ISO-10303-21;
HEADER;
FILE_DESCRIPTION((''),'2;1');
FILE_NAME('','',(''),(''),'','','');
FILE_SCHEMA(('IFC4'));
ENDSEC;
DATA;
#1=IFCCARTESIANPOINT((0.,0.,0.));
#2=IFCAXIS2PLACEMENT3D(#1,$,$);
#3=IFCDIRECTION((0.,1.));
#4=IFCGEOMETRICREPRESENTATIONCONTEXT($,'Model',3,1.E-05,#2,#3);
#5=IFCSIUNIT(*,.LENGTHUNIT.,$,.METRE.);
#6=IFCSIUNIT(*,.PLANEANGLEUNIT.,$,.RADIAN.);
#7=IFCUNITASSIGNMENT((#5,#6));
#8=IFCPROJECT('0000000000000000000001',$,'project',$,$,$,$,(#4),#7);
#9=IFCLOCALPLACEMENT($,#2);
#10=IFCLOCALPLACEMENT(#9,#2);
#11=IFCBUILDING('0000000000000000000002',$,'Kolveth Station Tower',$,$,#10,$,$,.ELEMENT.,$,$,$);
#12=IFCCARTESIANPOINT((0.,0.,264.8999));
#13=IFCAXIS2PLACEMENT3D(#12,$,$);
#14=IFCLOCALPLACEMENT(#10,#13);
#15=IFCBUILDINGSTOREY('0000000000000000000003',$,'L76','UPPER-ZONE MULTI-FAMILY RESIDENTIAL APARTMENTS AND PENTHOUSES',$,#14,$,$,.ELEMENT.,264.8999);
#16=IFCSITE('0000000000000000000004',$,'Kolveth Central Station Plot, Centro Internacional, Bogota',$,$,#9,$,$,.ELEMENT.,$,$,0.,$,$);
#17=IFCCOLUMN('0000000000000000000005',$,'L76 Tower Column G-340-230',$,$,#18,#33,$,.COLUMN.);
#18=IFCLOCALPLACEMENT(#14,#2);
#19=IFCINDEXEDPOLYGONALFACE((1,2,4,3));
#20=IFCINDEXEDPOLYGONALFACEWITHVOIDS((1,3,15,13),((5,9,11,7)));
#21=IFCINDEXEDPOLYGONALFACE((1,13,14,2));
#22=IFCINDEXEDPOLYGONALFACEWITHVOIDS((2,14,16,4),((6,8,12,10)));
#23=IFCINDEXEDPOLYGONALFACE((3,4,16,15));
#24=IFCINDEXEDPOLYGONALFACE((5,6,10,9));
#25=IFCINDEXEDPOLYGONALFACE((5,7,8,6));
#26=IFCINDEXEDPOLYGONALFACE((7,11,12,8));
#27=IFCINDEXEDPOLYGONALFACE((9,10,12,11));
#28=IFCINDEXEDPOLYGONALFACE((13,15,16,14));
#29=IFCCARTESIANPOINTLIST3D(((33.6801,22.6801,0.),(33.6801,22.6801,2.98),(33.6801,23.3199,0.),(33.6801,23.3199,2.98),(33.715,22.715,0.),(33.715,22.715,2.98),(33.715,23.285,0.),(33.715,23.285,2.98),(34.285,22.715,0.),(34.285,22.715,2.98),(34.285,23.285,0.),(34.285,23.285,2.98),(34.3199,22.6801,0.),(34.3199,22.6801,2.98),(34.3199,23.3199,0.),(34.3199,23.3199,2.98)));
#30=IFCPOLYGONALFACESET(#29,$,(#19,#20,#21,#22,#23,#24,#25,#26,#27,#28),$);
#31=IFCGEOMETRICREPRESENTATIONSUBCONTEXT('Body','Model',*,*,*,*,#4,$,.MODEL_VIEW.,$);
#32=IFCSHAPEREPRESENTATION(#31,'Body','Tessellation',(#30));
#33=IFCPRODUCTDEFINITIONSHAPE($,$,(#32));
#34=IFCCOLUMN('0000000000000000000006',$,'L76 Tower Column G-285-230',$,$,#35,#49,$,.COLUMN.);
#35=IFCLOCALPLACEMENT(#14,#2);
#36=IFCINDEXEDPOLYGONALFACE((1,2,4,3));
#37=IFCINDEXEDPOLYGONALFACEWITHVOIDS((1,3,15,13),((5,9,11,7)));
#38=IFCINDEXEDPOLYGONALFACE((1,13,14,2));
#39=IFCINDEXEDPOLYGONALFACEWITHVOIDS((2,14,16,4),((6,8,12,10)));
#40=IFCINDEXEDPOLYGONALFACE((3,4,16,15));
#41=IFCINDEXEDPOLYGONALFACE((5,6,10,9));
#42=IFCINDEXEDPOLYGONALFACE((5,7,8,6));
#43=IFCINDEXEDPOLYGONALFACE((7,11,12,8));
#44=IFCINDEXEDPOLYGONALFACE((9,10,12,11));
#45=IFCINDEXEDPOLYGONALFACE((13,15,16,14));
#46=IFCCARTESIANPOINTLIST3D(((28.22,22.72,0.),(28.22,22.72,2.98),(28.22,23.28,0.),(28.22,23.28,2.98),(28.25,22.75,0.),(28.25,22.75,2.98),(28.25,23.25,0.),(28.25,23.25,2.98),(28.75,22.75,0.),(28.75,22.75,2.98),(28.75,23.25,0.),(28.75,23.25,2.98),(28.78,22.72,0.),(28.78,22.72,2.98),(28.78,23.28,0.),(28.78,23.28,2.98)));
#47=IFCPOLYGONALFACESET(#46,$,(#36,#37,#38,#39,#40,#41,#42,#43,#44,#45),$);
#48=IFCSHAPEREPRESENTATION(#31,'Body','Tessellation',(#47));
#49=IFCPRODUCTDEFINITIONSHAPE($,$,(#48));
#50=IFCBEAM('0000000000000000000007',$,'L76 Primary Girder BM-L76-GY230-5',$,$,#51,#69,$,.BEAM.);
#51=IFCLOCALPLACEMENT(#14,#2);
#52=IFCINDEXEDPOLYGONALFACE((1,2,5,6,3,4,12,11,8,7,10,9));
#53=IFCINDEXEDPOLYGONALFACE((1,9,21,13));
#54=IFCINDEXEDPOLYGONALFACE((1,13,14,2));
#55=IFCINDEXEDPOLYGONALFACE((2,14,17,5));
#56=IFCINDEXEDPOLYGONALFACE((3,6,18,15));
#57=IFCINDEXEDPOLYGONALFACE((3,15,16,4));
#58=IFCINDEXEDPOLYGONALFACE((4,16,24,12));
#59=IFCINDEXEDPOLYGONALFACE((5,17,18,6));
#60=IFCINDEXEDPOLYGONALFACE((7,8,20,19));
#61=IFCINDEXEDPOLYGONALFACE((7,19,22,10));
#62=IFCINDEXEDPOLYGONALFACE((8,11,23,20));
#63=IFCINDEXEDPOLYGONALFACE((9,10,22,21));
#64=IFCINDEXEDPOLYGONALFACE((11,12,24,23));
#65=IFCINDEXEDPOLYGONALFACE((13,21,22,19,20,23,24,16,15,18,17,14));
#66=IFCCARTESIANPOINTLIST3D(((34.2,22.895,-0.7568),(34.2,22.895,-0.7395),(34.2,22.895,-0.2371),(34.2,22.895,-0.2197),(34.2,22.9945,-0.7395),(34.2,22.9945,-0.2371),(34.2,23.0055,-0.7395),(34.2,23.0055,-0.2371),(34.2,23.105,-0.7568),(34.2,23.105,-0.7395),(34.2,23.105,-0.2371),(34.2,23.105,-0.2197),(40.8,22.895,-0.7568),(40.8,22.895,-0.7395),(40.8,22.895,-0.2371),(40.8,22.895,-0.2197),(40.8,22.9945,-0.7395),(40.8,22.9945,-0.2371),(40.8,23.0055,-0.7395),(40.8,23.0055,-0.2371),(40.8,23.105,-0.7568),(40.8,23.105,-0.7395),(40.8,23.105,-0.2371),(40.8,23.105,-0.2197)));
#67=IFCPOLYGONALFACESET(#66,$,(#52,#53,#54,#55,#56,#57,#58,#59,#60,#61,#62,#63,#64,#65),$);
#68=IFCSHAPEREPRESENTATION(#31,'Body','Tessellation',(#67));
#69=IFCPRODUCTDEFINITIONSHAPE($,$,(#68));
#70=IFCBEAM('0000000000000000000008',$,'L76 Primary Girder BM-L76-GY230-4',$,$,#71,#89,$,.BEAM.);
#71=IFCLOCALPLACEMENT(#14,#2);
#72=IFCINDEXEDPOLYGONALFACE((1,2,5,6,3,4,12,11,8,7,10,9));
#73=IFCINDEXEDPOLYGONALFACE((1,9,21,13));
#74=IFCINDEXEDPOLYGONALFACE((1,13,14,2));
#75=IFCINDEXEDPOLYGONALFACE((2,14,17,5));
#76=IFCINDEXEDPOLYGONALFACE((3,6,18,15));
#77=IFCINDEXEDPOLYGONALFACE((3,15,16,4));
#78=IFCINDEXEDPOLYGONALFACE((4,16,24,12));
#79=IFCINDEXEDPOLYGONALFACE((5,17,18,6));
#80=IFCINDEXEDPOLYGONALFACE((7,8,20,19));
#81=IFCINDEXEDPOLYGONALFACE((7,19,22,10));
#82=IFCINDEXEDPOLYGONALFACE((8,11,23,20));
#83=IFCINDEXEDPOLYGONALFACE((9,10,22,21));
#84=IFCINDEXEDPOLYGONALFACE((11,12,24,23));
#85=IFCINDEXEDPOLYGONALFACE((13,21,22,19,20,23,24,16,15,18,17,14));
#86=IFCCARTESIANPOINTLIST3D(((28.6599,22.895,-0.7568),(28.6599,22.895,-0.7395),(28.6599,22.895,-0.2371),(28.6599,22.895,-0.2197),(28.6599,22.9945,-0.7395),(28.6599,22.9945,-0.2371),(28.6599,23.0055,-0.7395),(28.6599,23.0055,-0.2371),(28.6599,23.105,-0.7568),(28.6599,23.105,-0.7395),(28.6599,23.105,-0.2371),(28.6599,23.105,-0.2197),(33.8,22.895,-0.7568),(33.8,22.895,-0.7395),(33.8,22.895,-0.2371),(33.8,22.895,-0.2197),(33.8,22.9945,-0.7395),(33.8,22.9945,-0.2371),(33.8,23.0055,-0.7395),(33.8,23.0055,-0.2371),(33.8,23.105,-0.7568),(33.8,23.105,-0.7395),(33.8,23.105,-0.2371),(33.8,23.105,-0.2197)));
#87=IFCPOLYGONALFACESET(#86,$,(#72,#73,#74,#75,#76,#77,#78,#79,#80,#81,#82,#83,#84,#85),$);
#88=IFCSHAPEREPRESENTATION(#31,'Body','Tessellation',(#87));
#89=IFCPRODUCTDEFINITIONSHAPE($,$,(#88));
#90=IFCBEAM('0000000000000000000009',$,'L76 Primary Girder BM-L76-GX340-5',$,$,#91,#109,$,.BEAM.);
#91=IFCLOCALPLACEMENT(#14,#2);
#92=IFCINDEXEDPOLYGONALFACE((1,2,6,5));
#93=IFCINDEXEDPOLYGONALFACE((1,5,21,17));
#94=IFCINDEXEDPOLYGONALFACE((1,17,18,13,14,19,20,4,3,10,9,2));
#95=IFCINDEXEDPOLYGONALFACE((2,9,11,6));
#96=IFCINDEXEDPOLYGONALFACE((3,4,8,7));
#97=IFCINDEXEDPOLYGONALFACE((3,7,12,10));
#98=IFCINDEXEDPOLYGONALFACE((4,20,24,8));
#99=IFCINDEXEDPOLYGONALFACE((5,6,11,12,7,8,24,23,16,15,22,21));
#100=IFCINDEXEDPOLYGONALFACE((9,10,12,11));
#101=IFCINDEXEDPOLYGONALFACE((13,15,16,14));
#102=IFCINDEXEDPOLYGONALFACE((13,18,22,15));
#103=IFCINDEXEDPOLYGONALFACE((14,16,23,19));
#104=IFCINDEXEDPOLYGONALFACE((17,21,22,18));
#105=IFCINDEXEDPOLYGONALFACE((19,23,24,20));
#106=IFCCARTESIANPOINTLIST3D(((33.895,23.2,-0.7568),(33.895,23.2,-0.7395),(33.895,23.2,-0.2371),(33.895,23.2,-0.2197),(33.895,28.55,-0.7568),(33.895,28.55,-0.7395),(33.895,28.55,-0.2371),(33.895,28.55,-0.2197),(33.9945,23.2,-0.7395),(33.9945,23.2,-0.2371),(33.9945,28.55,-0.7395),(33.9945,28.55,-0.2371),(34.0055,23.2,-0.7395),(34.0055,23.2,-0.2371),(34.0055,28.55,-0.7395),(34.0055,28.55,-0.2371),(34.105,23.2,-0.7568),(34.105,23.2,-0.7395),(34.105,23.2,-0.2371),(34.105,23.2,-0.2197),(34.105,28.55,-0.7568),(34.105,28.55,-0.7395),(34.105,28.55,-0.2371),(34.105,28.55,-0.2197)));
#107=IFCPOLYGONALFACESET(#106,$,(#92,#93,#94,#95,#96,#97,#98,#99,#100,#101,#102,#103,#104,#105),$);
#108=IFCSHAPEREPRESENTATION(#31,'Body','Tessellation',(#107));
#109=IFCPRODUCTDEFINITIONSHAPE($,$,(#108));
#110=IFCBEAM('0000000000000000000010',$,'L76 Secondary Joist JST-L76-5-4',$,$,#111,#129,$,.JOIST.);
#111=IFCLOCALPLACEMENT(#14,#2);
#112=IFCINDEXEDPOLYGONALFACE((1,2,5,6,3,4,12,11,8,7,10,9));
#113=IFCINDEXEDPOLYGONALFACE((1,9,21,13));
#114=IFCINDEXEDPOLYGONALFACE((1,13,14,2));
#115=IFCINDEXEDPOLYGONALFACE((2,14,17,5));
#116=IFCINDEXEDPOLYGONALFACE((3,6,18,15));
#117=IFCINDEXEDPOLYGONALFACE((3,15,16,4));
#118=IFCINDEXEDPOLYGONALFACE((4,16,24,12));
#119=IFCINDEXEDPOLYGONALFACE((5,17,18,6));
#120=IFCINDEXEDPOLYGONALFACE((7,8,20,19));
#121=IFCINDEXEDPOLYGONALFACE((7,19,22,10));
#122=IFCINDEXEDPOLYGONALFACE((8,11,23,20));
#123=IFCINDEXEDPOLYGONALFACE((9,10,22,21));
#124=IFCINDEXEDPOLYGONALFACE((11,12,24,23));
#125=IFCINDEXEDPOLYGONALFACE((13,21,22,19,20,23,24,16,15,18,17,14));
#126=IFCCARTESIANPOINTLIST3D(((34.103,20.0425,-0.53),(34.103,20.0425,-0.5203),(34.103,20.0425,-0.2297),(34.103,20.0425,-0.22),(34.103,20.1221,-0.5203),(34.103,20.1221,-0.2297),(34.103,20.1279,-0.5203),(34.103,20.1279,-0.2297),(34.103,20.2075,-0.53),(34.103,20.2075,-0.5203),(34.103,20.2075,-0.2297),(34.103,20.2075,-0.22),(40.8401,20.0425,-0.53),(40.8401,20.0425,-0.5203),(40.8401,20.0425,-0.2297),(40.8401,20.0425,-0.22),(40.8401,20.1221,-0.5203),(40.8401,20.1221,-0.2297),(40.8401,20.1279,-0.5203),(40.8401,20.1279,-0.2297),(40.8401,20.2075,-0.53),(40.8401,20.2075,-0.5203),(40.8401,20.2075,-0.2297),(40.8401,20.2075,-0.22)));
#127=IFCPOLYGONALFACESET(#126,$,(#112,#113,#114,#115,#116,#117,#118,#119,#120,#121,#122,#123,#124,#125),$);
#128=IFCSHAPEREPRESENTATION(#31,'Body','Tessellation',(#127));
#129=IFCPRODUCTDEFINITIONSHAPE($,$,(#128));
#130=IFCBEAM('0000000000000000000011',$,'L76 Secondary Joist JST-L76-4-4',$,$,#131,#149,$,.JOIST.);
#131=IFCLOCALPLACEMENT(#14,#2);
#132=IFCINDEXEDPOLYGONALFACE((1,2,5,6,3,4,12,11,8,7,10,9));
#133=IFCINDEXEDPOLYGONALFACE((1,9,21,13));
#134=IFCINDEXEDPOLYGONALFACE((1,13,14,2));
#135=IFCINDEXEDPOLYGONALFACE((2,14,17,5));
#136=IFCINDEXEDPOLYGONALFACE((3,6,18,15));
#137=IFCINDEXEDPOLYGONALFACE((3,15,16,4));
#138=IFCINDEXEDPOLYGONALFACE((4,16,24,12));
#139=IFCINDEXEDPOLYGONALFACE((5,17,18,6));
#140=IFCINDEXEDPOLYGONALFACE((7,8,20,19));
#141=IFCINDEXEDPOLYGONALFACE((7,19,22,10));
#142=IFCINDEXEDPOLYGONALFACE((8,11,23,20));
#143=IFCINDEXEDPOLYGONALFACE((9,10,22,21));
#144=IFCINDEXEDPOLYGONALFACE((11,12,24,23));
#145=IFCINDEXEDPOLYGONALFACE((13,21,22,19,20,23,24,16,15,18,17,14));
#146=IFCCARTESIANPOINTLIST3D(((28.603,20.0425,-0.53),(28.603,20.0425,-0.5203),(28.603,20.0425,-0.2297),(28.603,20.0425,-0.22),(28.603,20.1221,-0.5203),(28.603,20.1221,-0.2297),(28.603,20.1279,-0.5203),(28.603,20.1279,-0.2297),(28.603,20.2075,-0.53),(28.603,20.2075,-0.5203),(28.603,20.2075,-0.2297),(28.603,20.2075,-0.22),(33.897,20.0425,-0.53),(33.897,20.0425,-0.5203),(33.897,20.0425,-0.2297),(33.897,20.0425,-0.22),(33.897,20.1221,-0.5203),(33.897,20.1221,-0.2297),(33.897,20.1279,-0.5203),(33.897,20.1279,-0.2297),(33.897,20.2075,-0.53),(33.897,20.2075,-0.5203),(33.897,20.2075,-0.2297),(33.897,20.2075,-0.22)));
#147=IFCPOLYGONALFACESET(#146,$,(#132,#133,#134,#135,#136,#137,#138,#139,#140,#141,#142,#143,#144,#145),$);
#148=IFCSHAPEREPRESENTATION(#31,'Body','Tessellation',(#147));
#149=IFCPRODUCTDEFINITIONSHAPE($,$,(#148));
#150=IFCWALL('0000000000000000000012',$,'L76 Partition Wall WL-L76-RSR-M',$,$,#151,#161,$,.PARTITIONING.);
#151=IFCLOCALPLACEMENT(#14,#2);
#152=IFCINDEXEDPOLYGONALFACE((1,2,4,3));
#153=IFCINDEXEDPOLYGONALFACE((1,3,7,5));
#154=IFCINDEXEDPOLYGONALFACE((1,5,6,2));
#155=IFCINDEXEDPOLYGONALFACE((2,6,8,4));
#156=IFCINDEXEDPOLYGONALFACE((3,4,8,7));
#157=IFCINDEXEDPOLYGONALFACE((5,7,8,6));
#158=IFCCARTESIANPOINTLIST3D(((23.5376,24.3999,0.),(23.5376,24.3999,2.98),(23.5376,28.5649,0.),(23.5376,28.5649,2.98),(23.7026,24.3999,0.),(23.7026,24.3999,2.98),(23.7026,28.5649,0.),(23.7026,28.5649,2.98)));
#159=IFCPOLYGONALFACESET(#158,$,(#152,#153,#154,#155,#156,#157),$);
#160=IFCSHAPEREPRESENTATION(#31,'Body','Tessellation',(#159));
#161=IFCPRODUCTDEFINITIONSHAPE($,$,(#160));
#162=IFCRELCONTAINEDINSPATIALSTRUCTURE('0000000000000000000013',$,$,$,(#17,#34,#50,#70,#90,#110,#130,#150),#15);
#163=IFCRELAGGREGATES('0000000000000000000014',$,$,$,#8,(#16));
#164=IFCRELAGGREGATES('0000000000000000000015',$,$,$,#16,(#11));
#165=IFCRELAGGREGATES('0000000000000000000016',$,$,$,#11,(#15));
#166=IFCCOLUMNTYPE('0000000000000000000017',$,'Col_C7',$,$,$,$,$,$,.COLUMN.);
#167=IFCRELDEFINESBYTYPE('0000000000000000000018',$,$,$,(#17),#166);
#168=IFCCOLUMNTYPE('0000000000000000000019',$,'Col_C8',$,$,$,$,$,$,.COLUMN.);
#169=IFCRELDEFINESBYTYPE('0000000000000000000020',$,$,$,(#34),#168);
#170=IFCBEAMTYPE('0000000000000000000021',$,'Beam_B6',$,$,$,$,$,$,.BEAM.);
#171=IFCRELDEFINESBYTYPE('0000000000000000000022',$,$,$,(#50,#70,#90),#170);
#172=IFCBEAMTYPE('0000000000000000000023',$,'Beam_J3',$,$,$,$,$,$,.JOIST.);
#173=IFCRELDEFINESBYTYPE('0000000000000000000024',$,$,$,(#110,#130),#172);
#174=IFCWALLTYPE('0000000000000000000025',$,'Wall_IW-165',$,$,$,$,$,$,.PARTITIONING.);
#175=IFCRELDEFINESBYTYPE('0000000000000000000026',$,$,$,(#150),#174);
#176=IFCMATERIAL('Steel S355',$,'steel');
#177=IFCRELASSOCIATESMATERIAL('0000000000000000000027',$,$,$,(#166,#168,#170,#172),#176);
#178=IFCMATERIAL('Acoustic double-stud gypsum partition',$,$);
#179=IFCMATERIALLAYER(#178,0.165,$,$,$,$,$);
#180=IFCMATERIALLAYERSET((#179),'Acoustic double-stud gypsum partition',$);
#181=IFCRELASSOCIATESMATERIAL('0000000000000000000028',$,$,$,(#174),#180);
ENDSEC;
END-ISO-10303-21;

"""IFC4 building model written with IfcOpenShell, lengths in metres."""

from ifc_helpers import new_model, si_unit, direction, frame, frame_2d, origin, origin_2d, place, context, subcontext, project, spatial, rectangle, hollow_rectangle, i_section, extrude, source, transform, mapped, material, layer, layer_set, material_profile, profile_set, type_object, element, save


model = new_model("IFC4")

# Units and contexts
model_context = context("Model", 3, precision=1e-05, world=origin(), true_north=direction((0.0, 1.0)))
body_context = subcontext(model_context, "Body", "Model", "MODEL_VIEW")
ifc_project = project(units=[si_unit("LENGTHUNIT", "METRE"), si_unit("PLANEANGLEUNIT", "RADIAN")], contexts=[model_context])

# Site, building, storey
site_placement = place(None, origin())
site = spatial("IfcSite", under=ifc_project, at=site_placement, Name="Kolveth Central Station Plot, Centro Internacional, Bogota", CompositionType="ELEMENT", RefElevation=0.0)
building_placement = place(site_placement, origin())
building = spatial("IfcBuilding", under=site, at=building_placement, Name="Kolveth Station Tower", CompositionType="ELEMENT")
storey_placement = place(building_placement, frame((0.0, 0.0, 264.8999)))
storey = spatial("IfcBuildingStorey", under=building, at=storey_placement, Name="L76", Description="UPPER-ZONE MULTI-FAMILY RESIDENTIAL APARTMENTS AND PENTHOUSES", CompositionType="ELEMENT", Elevation=264.8999)

# Columns
ifc_material_1 = material(Name="Steel S355", Category="steel")
ifc_material_profile_1 = material_profile(ifc_material_1, hollow_rectangle(XDim=0.6399, YDim=0.6399, WallThickness=0.0349, at=origin_2d()), Name="BOX640x640x35")
ifc_profile_set_1 = profile_set([ifc_material_profile_1], Name="Steel S355")
column_type_1 = type_object("IfcColumnType", Name="Col_C7", PredefinedType="COLUMN", material=ifc_profile_set_1)
shared_shape_1 = source(origin(), body_context, "Body", "SweptSolid", [
    extrude(hollow_rectangle(XDim=0.6399, YDim=0.6399, WallThickness=0.0349, at=origin_2d()), origin(), (0.0, 0.0, 1.0), 2.98),
])
column_1_placement = place(storey_placement, frame((34.0, 23.0, 0.0), z_axis=(0.0, 0.0, 1.0), x_axis=(1.0, 0.0, 0.0)))
element("IfcColumn", 1, at=column_1_placement, inside=storey, type_object=column_type_1, Name="L76 Tower Column G-340-230", PredefinedType="COLUMN", context=body_context, shape_type="MappedRepresentation", body=[
    mapped(shared_shape_1, transform((0.0, 0.0, 0.0), x_axis=(1.0, 0.0, 0.0), y_axis=(0.0, 1.0, 0.0), z_axis=(0.0, 0.0, 1.0), scale=1.0)),
])
ifc_material_profile_2 = material_profile(ifc_material_1, hollow_rectangle(XDim=0.5601, YDim=0.5601, WallThickness=0.03, at=origin_2d()), Name="BOX560x560x30")
ifc_profile_set_2 = profile_set([ifc_material_profile_2], Name="Steel S355")
column_type_2 = type_object("IfcColumnType", Name="Col_C8", PredefinedType="COLUMN", material=ifc_profile_set_2)
shared_shape_2 = source(origin(), body_context, "Body", "SweptSolid", [
    extrude(hollow_rectangle(XDim=0.5601, YDim=0.5601, WallThickness=0.03, at=origin_2d()), origin(), (0.0, 0.0, 1.0), 2.98),
])
column_2_placement = place(storey_placement, frame((28.5, 23.0, 0.0), z_axis=(0.0, 0.0, 1.0), x_axis=(1.0, 0.0, 0.0)))
element("IfcColumn", 2, at=column_2_placement, inside=storey, type_object=column_type_2, Name="L76 Tower Column G-285-230", PredefinedType="COLUMN", context=body_context, shape_type="MappedRepresentation", body=[
    mapped(shared_shape_2, transform((0.0, 0.0, 0.0), x_axis=(1.0, 0.0, 0.0), y_axis=(0.0, 1.0, 0.0), z_axis=(0.0, 0.0, 1.0), scale=1.0)),
])

# Beams
ifc_material_profile_3 = material_profile(ifc_material_1, i_section(OverallWidth=0.21, OverallDepth=0.5371, WebThickness=0.011, FlangeThickness=0.0173, at=origin_2d()), Name="W530x101")
ifc_profile_set_3 = profile_set([ifc_material_profile_3], Name="Steel S355")
beam_type_1 = type_object("IfcBeamType", Name="Beam_B6", PredefinedType="BEAM", material=ifc_profile_set_3)
shared_shape_3 = source(origin(), body_context, "Body", "SweptSolid", [
    extrude(i_section(OverallWidth=0.21, OverallDepth=0.5371, WebThickness=0.011, FlangeThickness=0.0173, at=origin_2d()), origin(), (0.0, 0.0, 1.0), 6.6001),
])
beam_1_placement = place(storey_placement, frame((34.2, 23.0, -0.4883), z_axis=(1.0, 0.0, 0.0), x_axis=(0.0, 1.0, 0.0)))
element("IfcBeam", 3, at=beam_1_placement, inside=storey, type_object=beam_type_1, Name="L76 Primary Girder BM-L76-GY230-5", PredefinedType="BEAM", context=body_context, shape_type="MappedRepresentation", body=[
    mapped(shared_shape_3, transform((0.0, 0.0, 0.0), x_axis=(1.0, 0.0, 0.0), y_axis=(0.0, 1.0, 0.0), z_axis=(0.0, 0.0, 1.0), scale=1.0)),
])
shared_shape_4 = source(origin(), body_context, "Body", "SweptSolid", [
    extrude(i_section(OverallWidth=0.21, OverallDepth=0.5371, WebThickness=0.011, FlangeThickness=0.0173, at=origin_2d()), origin(), (0.0, 0.0, 1.0), 5.1401),
])
beam_2_placement = place(storey_placement, frame((28.6599, 23.0, -0.4883), z_axis=(1.0, 0.0, 0.0), x_axis=(0.0, 1.0, 0.0)))
element("IfcBeam", 4, at=beam_2_placement, inside=storey, type_object=beam_type_1, Name="L76 Primary Girder BM-L76-GY230-4", PredefinedType="BEAM", context=body_context, shape_type="MappedRepresentation", body=[
    mapped(shared_shape_4, transform((0.0, 0.0, 0.0), x_axis=(1.0, 0.0, 0.0), y_axis=(0.0, 1.0, 0.0), z_axis=(0.0, 0.0, 1.0), scale=1.0)),
])
shared_shape_5 = source(origin(), body_context, "Body", "SweptSolid", [
    extrude(i_section(OverallWidth=0.21, OverallDepth=0.5371, WebThickness=0.011, FlangeThickness=0.0173, at=origin_2d()), origin(), (0.0, 0.0, 1.0), 5.3501),
])
beam_3_placement = place(storey_placement, frame((34.0, 23.2, -0.4883), z_axis=(0.0, 1.0, 0.0), x_axis=(-1.0, 0.0, 0.0)))
element("IfcBeam", 5, at=beam_3_placement, inside=storey, type_object=beam_type_1, Name="L76 Primary Girder BM-L76-GX340-5", PredefinedType="BEAM", context=body_context, shape_type="MappedRepresentation", body=[
    mapped(shared_shape_5, transform((0.0, 0.0, 0.0), x_axis=(1.0, 0.0, 0.0), y_axis=(0.0, 1.0, 0.0), z_axis=(0.0, 0.0, 1.0), scale=1.0)),
])
ifc_material_profile_4 = material_profile(ifc_material_1, i_section(OverallWidth=0.165, OverallDepth=0.3101, WebThickness=0.0059, FlangeThickness=0.0098, at=origin_2d()), Name="W310x39")
ifc_profile_set_4 = profile_set([ifc_material_profile_4], Name="Steel S355")
beam_type_2 = type_object("IfcBeamType", Name="Beam_J3", PredefinedType="JOIST", material=ifc_profile_set_4)
shared_shape_6 = source(origin(), body_context, "Body", "SweptSolid", [
    extrude(i_section(OverallWidth=0.165, OverallDepth=0.3101, WebThickness=0.0059, FlangeThickness=0.0098, at=origin_2d()), origin(), (0.0, 0.0, 1.0), 6.7371),
])
beam_4_placement = place(storey_placement, frame((34.103, 20.125, -0.375), z_axis=(1.0, 0.0, 0.0), x_axis=(0.0, 1.0, 0.0)))
element("IfcBeam", 6, at=beam_4_placement, inside=storey, type_object=beam_type_2, Name="L76 Secondary Joist JST-L76-5-4", PredefinedType="JOIST", context=body_context, shape_type="MappedRepresentation", body=[
    mapped(shared_shape_6, transform((0.0, 0.0, 0.0), x_axis=(1.0, 0.0, 0.0), y_axis=(0.0, 1.0, 0.0), z_axis=(0.0, 0.0, 1.0), scale=1.0)),
])
shared_shape_7 = source(origin(), body_context, "Body", "SweptSolid", [
    extrude(i_section(OverallWidth=0.165, OverallDepth=0.3101, WebThickness=0.0059, FlangeThickness=0.0098, at=origin_2d()), origin(), (0.0, 0.0, 1.0), 5.2939),
])
beam_5_placement = place(storey_placement, frame((28.603, 20.125, -0.375), z_axis=(1.0, 0.0, 0.0), x_axis=(0.0, 1.0, 0.0)))
element("IfcBeam", 7, at=beam_5_placement, inside=storey, type_object=beam_type_2, Name="L76 Secondary Joist JST-L76-4-4", PredefinedType="JOIST", context=body_context, shape_type="MappedRepresentation", body=[
    mapped(shared_shape_7, transform((0.0, 0.0, 0.0), x_axis=(1.0, 0.0, 0.0), y_axis=(0.0, 1.0, 0.0), z_axis=(0.0, 0.0, 1.0), scale=1.0)),
])

# Wall
ifc_material_2 = material(Name="Acoustic double-stud gypsum partition")
ifc_layer_1 = layer(ifc_material_2, 0.165)
ifc_layer_set_1 = layer_set([ifc_layer_1], Name="Acoustic double-stud gypsum partition")
wall_type_1 = type_object("IfcWallType", Name="Wall_IW-165", PredefinedType="PARTITIONING", material=ifc_layer_set_1)
wall_1_placement = place(storey_placement, frame((23.6201, 24.3999, 0.0), z_axis=(0.0, 0.0, 1.0), x_axis=(0.0, 1.0, 0.0)))
element("IfcWall", 8, at=wall_1_placement, inside=storey, type_object=wall_type_1, Name="L76 Partition Wall WL-L76-RSR-M", PredefinedType="PARTITIONING", context=body_context, shape_type="SweptSolid", body=[
    extrude(rectangle(XDim=4.165, YDim=0.165, at=frame_2d((2.0825, 0.0))), origin(), (0.0, 0.0, 1.0), 2.98),
])

save(model, "model.ifc")
